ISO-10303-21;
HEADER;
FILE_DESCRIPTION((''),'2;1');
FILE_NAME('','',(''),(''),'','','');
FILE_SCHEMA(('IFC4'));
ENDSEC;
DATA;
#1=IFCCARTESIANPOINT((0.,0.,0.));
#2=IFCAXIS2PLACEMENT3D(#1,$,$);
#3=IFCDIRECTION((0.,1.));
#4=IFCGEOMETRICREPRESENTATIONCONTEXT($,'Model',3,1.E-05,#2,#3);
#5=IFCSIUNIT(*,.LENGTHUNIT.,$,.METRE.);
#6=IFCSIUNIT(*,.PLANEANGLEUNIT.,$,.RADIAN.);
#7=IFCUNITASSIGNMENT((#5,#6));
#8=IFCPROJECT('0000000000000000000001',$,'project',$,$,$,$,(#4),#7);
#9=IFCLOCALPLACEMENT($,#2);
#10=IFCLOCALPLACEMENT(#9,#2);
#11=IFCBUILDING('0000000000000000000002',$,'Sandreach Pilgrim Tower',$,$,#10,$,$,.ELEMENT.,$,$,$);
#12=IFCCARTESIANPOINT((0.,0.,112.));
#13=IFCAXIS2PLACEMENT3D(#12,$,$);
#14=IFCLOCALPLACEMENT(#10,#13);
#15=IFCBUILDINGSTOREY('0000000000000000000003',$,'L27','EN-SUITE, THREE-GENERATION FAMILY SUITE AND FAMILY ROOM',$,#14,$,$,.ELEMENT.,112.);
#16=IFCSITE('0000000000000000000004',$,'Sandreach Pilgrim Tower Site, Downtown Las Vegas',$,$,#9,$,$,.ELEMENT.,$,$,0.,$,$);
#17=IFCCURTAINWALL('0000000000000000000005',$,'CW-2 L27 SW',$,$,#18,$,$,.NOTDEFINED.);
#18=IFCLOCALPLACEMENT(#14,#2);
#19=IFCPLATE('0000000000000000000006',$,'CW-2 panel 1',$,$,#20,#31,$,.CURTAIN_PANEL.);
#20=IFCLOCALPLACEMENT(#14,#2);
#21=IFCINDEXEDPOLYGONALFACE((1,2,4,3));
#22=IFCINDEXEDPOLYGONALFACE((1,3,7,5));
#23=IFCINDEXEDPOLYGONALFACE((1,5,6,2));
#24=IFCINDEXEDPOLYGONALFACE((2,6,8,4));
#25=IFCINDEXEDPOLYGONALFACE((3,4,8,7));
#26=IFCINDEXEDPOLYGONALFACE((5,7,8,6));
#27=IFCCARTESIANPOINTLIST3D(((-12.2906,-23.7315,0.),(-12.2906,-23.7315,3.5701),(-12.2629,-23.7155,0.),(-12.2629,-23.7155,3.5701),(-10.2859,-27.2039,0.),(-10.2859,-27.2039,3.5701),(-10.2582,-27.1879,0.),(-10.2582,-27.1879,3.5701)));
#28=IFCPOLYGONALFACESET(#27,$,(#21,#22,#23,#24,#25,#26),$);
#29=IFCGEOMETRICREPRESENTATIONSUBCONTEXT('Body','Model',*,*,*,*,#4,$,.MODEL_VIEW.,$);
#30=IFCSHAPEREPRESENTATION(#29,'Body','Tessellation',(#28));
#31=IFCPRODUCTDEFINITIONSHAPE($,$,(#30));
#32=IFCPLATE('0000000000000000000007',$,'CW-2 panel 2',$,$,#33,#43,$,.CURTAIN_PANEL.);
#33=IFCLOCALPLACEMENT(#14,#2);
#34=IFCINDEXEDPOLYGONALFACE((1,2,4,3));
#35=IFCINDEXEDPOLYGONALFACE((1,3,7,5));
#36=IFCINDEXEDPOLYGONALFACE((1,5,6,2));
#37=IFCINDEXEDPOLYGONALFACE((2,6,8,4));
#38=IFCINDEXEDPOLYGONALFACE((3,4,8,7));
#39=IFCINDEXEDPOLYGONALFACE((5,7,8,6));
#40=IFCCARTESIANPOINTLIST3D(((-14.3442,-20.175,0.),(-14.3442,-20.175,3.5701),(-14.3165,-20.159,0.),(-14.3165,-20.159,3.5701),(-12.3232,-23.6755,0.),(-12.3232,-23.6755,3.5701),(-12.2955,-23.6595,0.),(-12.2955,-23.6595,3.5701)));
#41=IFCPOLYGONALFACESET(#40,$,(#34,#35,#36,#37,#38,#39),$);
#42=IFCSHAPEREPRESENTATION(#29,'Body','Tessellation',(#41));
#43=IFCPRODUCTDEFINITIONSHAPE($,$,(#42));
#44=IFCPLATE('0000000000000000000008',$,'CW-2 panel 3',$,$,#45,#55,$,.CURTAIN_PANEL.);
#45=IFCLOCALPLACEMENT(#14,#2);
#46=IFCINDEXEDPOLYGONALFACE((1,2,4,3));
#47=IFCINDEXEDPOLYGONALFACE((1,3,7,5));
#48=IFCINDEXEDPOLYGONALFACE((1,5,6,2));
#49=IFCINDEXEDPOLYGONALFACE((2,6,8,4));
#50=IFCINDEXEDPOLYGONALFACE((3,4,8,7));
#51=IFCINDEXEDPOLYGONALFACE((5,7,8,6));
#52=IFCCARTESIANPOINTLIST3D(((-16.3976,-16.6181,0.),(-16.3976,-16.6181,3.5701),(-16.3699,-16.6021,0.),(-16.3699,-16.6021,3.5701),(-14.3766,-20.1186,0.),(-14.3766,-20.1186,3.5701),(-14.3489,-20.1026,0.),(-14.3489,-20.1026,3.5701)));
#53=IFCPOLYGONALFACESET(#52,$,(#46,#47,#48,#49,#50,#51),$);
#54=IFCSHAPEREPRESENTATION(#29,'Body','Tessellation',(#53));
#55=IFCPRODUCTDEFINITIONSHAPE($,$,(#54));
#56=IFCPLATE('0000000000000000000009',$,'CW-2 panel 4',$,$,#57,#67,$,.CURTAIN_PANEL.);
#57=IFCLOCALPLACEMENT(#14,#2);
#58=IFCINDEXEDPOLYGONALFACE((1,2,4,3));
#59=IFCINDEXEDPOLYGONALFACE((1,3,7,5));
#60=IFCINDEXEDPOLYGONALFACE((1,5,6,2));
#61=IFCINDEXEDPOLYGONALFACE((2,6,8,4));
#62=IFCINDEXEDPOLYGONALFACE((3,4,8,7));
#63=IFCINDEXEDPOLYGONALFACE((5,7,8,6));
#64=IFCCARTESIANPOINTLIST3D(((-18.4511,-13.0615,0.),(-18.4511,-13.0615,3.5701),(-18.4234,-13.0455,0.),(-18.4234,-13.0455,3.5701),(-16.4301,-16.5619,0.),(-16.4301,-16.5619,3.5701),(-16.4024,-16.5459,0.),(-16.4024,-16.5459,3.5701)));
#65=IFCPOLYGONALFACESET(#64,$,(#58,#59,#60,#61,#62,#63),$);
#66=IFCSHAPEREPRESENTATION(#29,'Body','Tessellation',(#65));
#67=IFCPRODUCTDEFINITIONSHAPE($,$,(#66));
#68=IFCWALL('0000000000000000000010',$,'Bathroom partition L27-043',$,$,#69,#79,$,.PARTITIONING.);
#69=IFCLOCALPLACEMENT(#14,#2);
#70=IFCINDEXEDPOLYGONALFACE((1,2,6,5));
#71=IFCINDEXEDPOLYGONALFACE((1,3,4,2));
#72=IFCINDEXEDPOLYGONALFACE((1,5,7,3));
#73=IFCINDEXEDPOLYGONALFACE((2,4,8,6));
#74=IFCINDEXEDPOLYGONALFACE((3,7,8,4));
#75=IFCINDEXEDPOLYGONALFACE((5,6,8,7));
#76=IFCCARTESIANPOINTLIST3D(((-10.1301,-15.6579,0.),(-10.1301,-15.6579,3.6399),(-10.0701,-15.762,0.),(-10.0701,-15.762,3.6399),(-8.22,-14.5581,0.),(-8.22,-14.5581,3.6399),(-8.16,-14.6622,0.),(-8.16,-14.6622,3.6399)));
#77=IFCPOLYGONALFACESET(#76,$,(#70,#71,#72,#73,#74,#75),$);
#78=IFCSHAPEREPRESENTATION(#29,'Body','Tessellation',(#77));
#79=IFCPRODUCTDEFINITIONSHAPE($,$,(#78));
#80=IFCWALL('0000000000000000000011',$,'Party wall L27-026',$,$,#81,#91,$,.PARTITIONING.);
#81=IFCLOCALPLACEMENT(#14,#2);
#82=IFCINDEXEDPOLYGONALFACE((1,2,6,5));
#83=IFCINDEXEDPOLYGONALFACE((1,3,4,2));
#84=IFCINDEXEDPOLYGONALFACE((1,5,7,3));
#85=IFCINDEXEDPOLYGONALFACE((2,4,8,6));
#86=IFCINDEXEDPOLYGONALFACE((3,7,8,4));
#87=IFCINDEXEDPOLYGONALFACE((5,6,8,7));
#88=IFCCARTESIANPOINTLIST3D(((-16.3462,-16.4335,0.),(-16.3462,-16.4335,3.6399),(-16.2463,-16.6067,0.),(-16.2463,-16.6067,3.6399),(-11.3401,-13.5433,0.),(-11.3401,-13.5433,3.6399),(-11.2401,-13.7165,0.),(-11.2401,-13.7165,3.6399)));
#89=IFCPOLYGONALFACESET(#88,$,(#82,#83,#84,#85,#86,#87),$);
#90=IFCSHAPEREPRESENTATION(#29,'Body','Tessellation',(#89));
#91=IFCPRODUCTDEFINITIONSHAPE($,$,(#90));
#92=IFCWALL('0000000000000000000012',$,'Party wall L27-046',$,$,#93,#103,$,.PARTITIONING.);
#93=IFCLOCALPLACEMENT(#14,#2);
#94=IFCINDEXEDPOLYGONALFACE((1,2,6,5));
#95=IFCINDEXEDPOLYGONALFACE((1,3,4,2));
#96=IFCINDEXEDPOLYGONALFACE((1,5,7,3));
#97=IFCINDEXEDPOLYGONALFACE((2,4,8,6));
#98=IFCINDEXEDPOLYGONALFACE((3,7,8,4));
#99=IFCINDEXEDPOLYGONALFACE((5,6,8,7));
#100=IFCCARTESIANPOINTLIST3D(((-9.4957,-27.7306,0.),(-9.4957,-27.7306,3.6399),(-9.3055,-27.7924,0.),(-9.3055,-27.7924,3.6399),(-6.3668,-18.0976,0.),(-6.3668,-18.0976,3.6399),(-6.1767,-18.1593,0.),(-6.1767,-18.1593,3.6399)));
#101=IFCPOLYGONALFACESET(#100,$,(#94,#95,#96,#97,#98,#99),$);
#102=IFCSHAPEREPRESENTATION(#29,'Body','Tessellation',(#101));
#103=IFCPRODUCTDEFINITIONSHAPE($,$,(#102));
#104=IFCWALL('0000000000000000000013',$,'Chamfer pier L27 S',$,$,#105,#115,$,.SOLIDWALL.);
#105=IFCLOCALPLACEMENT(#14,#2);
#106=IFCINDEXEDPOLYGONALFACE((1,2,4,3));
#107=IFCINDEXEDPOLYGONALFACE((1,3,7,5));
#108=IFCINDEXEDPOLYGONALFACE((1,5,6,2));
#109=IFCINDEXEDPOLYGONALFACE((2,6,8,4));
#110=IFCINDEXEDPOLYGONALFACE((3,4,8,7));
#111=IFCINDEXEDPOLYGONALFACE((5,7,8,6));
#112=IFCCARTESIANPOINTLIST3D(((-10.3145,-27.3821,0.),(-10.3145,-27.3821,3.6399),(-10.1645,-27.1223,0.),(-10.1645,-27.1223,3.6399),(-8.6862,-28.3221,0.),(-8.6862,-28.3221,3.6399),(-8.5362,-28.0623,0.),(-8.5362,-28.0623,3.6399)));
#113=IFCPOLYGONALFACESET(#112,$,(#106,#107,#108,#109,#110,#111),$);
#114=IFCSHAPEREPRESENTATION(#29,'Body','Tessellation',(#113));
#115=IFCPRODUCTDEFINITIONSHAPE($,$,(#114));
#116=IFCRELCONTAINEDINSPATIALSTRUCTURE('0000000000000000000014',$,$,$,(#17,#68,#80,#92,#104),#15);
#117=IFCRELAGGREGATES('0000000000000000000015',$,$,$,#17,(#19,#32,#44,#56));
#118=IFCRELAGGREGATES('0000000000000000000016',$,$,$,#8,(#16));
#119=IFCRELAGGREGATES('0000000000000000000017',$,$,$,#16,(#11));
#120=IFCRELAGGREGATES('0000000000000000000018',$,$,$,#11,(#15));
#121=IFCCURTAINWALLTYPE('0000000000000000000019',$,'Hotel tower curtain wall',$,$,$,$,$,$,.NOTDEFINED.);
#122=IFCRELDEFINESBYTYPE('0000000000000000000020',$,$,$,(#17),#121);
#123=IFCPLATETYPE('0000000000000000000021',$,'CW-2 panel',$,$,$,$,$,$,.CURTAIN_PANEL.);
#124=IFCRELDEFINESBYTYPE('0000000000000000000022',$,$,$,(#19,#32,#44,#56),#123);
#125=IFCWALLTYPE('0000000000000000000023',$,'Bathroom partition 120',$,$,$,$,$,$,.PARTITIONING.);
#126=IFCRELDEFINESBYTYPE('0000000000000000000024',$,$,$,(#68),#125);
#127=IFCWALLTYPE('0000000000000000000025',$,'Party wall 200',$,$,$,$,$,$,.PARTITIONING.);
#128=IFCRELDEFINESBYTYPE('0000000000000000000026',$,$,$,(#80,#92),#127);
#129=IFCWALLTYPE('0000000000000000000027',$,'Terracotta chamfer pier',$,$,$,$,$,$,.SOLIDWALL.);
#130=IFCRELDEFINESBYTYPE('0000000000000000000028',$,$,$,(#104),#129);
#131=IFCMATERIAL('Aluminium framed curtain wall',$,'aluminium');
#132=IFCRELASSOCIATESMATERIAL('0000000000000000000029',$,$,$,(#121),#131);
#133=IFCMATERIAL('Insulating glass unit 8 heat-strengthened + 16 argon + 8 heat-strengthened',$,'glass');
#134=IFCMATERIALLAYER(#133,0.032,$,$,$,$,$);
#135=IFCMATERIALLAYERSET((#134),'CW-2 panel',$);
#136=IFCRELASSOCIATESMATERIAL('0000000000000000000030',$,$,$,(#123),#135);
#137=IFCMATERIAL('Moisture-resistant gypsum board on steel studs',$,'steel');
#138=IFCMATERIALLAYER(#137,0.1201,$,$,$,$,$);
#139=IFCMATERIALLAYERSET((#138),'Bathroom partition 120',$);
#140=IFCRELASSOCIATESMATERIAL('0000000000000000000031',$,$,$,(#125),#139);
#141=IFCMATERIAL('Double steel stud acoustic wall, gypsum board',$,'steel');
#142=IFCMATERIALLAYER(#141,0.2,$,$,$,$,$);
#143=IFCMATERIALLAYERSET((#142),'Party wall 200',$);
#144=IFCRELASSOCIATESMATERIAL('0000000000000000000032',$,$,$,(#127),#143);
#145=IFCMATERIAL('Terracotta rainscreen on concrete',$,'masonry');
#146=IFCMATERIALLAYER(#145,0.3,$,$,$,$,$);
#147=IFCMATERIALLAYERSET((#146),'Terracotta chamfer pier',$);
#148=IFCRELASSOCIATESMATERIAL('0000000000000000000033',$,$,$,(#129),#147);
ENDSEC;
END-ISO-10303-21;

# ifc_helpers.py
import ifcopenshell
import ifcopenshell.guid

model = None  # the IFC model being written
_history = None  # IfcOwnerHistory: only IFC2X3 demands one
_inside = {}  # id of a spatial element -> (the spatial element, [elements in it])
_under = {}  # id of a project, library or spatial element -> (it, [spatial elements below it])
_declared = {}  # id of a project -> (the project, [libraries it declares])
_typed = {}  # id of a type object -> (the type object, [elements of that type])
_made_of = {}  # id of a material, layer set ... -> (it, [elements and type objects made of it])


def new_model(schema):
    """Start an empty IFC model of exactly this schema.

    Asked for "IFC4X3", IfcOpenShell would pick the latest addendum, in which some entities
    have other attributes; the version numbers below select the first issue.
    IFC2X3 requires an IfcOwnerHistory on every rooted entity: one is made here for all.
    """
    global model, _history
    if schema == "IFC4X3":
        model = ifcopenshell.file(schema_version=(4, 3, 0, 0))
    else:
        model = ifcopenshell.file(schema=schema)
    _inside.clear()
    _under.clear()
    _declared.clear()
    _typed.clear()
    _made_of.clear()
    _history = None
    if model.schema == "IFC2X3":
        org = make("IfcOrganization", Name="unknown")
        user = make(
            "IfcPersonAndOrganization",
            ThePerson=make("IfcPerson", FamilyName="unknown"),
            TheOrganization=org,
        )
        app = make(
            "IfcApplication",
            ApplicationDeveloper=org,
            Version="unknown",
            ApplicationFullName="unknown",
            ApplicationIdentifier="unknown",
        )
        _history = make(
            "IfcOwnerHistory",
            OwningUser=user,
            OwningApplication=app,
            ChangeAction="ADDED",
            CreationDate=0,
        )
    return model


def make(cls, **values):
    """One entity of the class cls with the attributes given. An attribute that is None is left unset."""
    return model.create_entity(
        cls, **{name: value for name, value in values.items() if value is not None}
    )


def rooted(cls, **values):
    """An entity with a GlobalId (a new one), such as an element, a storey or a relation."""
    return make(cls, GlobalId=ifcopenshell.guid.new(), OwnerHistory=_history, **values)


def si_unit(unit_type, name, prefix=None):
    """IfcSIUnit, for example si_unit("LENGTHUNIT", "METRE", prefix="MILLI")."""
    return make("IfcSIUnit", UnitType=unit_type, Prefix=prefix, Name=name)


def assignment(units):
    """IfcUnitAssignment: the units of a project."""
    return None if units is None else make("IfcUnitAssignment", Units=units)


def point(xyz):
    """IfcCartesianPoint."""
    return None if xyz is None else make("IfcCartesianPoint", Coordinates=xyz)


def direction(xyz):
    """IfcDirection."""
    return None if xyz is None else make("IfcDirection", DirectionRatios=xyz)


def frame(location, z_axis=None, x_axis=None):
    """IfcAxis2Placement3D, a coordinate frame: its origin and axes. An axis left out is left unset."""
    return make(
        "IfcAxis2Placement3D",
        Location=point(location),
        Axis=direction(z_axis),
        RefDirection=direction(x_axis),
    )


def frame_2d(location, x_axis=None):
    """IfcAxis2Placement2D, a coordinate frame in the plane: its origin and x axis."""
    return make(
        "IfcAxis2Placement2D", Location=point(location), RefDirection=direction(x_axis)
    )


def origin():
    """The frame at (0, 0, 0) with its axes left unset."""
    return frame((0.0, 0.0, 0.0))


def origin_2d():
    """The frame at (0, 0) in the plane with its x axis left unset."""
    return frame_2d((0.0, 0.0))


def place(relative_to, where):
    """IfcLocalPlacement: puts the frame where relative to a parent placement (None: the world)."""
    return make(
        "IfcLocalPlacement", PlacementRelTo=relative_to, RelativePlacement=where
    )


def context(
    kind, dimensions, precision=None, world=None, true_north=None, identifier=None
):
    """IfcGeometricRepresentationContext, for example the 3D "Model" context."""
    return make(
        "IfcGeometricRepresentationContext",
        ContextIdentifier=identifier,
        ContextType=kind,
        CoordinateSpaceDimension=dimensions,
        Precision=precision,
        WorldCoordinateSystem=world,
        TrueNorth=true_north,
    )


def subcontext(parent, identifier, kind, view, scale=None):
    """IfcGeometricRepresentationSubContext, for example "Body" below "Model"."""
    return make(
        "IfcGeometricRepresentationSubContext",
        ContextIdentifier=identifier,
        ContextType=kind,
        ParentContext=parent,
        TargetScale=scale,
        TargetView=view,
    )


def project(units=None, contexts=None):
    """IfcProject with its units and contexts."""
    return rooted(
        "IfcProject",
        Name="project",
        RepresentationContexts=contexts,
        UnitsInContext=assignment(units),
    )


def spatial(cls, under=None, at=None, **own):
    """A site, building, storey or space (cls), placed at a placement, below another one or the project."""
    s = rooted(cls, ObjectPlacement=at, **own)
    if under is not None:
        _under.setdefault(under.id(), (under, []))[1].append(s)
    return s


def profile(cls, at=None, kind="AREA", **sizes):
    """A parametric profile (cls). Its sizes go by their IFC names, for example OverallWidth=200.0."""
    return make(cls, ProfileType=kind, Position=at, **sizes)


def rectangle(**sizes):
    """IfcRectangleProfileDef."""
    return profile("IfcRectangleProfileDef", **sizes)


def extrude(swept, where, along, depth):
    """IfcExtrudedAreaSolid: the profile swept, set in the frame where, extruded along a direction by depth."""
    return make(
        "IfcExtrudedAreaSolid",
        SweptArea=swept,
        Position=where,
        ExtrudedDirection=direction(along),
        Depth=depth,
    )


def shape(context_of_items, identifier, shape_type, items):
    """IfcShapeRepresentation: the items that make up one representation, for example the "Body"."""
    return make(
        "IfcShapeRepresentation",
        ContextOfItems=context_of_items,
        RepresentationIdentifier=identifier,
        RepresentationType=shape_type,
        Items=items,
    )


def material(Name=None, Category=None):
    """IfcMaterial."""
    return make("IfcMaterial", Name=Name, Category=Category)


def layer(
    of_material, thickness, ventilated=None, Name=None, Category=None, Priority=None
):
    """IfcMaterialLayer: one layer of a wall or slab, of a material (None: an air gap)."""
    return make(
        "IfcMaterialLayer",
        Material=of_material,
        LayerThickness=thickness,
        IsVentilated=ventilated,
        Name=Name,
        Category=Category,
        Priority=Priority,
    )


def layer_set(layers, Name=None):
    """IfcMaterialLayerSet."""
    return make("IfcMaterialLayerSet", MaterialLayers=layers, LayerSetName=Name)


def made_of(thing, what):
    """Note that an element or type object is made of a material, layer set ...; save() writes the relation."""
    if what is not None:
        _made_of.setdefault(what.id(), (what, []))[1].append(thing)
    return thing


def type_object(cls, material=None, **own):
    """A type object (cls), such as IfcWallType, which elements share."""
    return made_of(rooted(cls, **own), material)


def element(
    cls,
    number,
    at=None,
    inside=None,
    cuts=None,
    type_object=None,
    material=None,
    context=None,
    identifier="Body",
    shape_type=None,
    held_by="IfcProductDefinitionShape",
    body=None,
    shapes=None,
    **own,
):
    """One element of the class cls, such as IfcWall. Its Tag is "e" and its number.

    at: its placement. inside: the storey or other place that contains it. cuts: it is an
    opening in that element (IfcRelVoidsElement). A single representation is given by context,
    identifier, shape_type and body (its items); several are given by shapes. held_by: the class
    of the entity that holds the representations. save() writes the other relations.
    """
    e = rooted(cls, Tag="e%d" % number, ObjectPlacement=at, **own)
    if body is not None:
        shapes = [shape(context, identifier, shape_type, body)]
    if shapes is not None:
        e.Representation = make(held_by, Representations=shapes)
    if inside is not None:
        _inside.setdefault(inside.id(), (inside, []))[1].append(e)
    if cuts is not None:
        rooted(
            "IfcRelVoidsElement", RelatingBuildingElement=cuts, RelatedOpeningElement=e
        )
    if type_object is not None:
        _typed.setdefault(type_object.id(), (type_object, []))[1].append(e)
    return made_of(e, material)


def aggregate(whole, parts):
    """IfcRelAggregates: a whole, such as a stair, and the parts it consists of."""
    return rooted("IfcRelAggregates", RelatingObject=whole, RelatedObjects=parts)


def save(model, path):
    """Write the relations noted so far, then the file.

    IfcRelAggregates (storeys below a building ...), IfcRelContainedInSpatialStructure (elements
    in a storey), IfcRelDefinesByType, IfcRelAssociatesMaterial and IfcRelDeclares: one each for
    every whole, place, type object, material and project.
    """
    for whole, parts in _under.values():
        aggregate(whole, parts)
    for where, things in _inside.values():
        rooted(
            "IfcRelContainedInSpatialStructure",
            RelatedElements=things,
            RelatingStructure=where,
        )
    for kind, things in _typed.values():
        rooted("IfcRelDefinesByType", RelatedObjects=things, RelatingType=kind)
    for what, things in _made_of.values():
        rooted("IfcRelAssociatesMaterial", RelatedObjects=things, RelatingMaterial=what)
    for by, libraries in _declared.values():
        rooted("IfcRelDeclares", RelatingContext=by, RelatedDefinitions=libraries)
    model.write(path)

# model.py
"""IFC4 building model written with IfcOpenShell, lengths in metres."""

from ifc_helpers import new_model, si_unit, direction, frame, frame_2d, origin, origin_2d, place, context, subcontext, project, spatial, rectangle, extrude, material, layer, layer_set, type_object, element, aggregate, save


model = new_model("IFC4")

# Units and contexts
model_context = context("Model", 3, precision=1e-05, world=origin(), true_north=direction((0.0, 1.0)))
body_context = subcontext(model_context, "Body", "Model", "MODEL_VIEW")
ifc_project = project(units=[si_unit("LENGTHUNIT", "METRE"), si_unit("PLANEANGLEUNIT", "RADIAN")], contexts=[model_context])

# Site, building, storey
site_placement = place(None, origin())
site = spatial("IfcSite", under=ifc_project, at=site_placement, Name="Sandreach Pilgrim Tower Site, Downtown Las Vegas", CompositionType="ELEMENT", RefElevation=0.0)
building_placement = place(site_placement, origin())
building = spatial("IfcBuilding", under=site, at=building_placement, Name="Sandreach Pilgrim Tower", CompositionType="ELEMENT")
storey_placement = place(building_placement, frame((0.0, 0.0, 112.0)))
storey = spatial("IfcBuildingStorey", under=building, at=storey_placement, Name="L27", Description="EN-SUITE, THREE-GENERATION FAMILY SUITE AND FAMILY ROOM", CompositionType="ELEMENT", Elevation=112.0)

# Shared definitions
ifc_material_1 = material(Name="Aluminium framed curtain wall", Category="aluminium")
curtain_wall_type = type_object("IfcCurtainWallType", Name="Hotel tower curtain wall", PredefinedType="NOTDEFINED", material=ifc_material_1)

# Curtain wall
curtain_wall_1_placement = place(storey_placement, origin())
curtain_wall_1 = element("IfcCurtainWall", 1, at=curtain_wall_1_placement, inside=storey, type_object=curtain_wall_type, Name="CW-2 L27 SW", PredefinedType="NOTDEFINED")

# Plates
ifc_material_2 = material(Name="Insulating glass unit 8 heat-strengthened + 16 argon + 8 heat-strengthened", Category="glass")
ifc_layer_1 = layer(ifc_material_2, 0.032)
ifc_layer_set_1 = layer_set([ifc_layer_1], Name="CW-2 panel")
plate_type = type_object("IfcPlateType", Name="CW-2 panel", PredefinedType="CURTAIN_PANEL", material=ifc_layer_set_1)
plate_1_placement = place(storey_placement, frame((-11.2744, -25.4597, 0.0), z_axis=(0.0, 0.0, 1.0), x_axis=(-0.5, 0.866025, 0.0)))
plate_1 = element("IfcPlate", 2, at=plate_1_placement, type_object=plate_type, Name="CW-2 panel 1", PredefinedType="CURTAIN_PANEL", context=body_context, shape_type="SweptSolid", body=[
    extrude(rectangle(XDim=4.0095, YDim=0.032, at=origin_2d()), origin(), (0.0, 0.0, 1.0), 3.5701),
])
plate_2_placement = place(storey_placement, frame((-13.3198, -21.9172, 0.0), z_axis=(0.0, 0.0, 1.0), x_axis=(-0.5, 0.866025, 0.0)))
plate_2 = element("IfcPlate", 3, at=plate_2_placement, type_object=plate_type, Name="CW-2 panel 2", PredefinedType="CURTAIN_PANEL", context=body_context, shape_type="SweptSolid", body=[
    extrude(rectangle(XDim=4.042, YDim=0.032, at=origin_2d()), origin(), (0.0, 0.0, 1.0), 3.5701),
])
plate_3_placement = place(storey_placement, frame((-15.3733, -18.3604, 0.0), z_axis=(0.0, 0.0, 1.0), x_axis=(-0.5, 0.866025, 0.0)))
plate_3 = element("IfcPlate", 4, at=plate_3_placement, type_object=plate_type, Name="CW-2 panel 3", PredefinedType="CURTAIN_PANEL", context=body_context, shape_type="SweptSolid", body=[
    extrude(rectangle(XDim=4.042, YDim=0.032, at=origin_2d()), origin(), (0.0, 0.0, 1.0), 3.5701),
])
plate_4_placement = place(storey_placement, frame((-17.4268, -14.8037, 0.0), z_axis=(0.0, 0.0, 1.0), x_axis=(-0.5, 0.866025, 0.0)))
plate_4 = element("IfcPlate", 5, at=plate_4_placement, type_object=plate_type, Name="CW-2 panel 4", PredefinedType="CURTAIN_PANEL", context=body_context, shape_type="SweptSolid", body=[
    extrude(rectangle(XDim=4.042, YDim=0.032, at=origin_2d()), origin(), (0.0, 0.0, 1.0), 3.5701),
])
aggregate(curtain_wall_1, [plate_1, plate_2, plate_3, plate_4])

# Walls
ifc_material_3 = material(Name="Moisture-resistant gypsum board on steel studs", Category="steel")
ifc_layer_2 = layer(ifc_material_3, 0.1201)
ifc_layer_set_2 = layer_set([ifc_layer_2], Name="Bathroom partition 120")
wall_type_1 = type_object("IfcWallType", Name="Bathroom partition 120", PredefinedType="PARTITIONING", material=ifc_layer_set_2)
wall_1_placement = place(storey_placement, frame((-10.1001, -15.71, 0.0), z_axis=(0.0, 0.0, 1.0), x_axis=(0.866609, 0.498987, 0.0)))
element("IfcWall", 6, at=wall_1_placement, inside=storey, type_object=wall_type_1, Name="Bathroom partition L27-043", PredefinedType="PARTITIONING", context=body_context, shape_type="SweptSolid", body=[
    extrude(rectangle(XDim=2.2041, YDim=0.1201, at=frame_2d((1.1021, 0.0))), origin(), (0.0, 0.0, 1.0), 3.6399),
])
ifc_material_4 = material(Name="Double steel stud acoustic wall, gypsum board", Category="steel")
ifc_layer_3 = layer(ifc_material_4, 0.2)
ifc_layer_set_3 = layer_set([ifc_layer_3], Name="Party wall 200")
wall_type_2 = type_object("IfcWallType", Name="Party wall 200", PredefinedType="PARTITIONING", material=ifc_layer_set_3)
wall_2_placement = place(storey_placement, frame((-16.2961, -16.52, 0.0), z_axis=(0.0, 0.0, 1.0), x_axis=(0.866036, 0.499982, 0.0)))
element("IfcWall", 7, at=wall_2_placement, inside=storey, type_object=wall_type_2, Name="Party wall L27-026", PredefinedType="PARTITIONING", context=body_context, shape_type="SweptSolid", body=[
    extrude(rectangle(XDim=5.7805, YDim=0.2, at=frame_2d((2.8901, 0.0))), origin(), (0.0, 0.0, 1.0), 3.6399),
])
wall_3_placement = place(storey_placement, frame((-9.4006, -27.7615, 0.0), z_axis=(0.0, 0.0, 1.0), x_axis=(0.308922, 0.951087, 0.0)))
element("IfcWall", 8, at=wall_3_placement, inside=storey, type_object=wall_type_2, Name="Party wall L27-046", PredefinedType="PARTITIONING", context=body_context, shape_type="SweptSolid", body=[
    extrude(rectangle(XDim=10.1284, YDim=0.2, at=frame_2d((5.0642, 0.0))), origin(), (0.0, 0.0, 1.0), 3.6399),
])
ifc_material_5 = material(Name="Terracotta rainscreen on concrete", Category="masonry")
ifc_layer_4 = layer(ifc_material_5, 0.3)
ifc_layer_set_4 = layer_set([ifc_layer_4], Name="Terracotta chamfer pier")
wall_type_3 = type_object("IfcWallType", Name="Terracotta chamfer pier", PredefinedType="SOLIDWALL", material=ifc_layer_set_4)
wall_4_placement = place(storey_placement, frame((-8.6113, -28.1921, 0.0), z_axis=(0.0, 0.0, 1.0), x_axis=(-0.866045, 0.499966, 0.0)))
element("IfcWall", 9, at=wall_4_placement, inside=storey, type_object=wall_type_3, Name="Chamfer pier L27 S", PredefinedType="SOLIDWALL", context=body_context, shape_type="SweptSolid", body=[
    extrude(rectangle(XDim=1.8801, YDim=0.3, at=frame_2d((0.9399, 0.0))), origin(), (0.0, 0.0, 1.0), 3.6399),
])

save(model, "model.ifc")
